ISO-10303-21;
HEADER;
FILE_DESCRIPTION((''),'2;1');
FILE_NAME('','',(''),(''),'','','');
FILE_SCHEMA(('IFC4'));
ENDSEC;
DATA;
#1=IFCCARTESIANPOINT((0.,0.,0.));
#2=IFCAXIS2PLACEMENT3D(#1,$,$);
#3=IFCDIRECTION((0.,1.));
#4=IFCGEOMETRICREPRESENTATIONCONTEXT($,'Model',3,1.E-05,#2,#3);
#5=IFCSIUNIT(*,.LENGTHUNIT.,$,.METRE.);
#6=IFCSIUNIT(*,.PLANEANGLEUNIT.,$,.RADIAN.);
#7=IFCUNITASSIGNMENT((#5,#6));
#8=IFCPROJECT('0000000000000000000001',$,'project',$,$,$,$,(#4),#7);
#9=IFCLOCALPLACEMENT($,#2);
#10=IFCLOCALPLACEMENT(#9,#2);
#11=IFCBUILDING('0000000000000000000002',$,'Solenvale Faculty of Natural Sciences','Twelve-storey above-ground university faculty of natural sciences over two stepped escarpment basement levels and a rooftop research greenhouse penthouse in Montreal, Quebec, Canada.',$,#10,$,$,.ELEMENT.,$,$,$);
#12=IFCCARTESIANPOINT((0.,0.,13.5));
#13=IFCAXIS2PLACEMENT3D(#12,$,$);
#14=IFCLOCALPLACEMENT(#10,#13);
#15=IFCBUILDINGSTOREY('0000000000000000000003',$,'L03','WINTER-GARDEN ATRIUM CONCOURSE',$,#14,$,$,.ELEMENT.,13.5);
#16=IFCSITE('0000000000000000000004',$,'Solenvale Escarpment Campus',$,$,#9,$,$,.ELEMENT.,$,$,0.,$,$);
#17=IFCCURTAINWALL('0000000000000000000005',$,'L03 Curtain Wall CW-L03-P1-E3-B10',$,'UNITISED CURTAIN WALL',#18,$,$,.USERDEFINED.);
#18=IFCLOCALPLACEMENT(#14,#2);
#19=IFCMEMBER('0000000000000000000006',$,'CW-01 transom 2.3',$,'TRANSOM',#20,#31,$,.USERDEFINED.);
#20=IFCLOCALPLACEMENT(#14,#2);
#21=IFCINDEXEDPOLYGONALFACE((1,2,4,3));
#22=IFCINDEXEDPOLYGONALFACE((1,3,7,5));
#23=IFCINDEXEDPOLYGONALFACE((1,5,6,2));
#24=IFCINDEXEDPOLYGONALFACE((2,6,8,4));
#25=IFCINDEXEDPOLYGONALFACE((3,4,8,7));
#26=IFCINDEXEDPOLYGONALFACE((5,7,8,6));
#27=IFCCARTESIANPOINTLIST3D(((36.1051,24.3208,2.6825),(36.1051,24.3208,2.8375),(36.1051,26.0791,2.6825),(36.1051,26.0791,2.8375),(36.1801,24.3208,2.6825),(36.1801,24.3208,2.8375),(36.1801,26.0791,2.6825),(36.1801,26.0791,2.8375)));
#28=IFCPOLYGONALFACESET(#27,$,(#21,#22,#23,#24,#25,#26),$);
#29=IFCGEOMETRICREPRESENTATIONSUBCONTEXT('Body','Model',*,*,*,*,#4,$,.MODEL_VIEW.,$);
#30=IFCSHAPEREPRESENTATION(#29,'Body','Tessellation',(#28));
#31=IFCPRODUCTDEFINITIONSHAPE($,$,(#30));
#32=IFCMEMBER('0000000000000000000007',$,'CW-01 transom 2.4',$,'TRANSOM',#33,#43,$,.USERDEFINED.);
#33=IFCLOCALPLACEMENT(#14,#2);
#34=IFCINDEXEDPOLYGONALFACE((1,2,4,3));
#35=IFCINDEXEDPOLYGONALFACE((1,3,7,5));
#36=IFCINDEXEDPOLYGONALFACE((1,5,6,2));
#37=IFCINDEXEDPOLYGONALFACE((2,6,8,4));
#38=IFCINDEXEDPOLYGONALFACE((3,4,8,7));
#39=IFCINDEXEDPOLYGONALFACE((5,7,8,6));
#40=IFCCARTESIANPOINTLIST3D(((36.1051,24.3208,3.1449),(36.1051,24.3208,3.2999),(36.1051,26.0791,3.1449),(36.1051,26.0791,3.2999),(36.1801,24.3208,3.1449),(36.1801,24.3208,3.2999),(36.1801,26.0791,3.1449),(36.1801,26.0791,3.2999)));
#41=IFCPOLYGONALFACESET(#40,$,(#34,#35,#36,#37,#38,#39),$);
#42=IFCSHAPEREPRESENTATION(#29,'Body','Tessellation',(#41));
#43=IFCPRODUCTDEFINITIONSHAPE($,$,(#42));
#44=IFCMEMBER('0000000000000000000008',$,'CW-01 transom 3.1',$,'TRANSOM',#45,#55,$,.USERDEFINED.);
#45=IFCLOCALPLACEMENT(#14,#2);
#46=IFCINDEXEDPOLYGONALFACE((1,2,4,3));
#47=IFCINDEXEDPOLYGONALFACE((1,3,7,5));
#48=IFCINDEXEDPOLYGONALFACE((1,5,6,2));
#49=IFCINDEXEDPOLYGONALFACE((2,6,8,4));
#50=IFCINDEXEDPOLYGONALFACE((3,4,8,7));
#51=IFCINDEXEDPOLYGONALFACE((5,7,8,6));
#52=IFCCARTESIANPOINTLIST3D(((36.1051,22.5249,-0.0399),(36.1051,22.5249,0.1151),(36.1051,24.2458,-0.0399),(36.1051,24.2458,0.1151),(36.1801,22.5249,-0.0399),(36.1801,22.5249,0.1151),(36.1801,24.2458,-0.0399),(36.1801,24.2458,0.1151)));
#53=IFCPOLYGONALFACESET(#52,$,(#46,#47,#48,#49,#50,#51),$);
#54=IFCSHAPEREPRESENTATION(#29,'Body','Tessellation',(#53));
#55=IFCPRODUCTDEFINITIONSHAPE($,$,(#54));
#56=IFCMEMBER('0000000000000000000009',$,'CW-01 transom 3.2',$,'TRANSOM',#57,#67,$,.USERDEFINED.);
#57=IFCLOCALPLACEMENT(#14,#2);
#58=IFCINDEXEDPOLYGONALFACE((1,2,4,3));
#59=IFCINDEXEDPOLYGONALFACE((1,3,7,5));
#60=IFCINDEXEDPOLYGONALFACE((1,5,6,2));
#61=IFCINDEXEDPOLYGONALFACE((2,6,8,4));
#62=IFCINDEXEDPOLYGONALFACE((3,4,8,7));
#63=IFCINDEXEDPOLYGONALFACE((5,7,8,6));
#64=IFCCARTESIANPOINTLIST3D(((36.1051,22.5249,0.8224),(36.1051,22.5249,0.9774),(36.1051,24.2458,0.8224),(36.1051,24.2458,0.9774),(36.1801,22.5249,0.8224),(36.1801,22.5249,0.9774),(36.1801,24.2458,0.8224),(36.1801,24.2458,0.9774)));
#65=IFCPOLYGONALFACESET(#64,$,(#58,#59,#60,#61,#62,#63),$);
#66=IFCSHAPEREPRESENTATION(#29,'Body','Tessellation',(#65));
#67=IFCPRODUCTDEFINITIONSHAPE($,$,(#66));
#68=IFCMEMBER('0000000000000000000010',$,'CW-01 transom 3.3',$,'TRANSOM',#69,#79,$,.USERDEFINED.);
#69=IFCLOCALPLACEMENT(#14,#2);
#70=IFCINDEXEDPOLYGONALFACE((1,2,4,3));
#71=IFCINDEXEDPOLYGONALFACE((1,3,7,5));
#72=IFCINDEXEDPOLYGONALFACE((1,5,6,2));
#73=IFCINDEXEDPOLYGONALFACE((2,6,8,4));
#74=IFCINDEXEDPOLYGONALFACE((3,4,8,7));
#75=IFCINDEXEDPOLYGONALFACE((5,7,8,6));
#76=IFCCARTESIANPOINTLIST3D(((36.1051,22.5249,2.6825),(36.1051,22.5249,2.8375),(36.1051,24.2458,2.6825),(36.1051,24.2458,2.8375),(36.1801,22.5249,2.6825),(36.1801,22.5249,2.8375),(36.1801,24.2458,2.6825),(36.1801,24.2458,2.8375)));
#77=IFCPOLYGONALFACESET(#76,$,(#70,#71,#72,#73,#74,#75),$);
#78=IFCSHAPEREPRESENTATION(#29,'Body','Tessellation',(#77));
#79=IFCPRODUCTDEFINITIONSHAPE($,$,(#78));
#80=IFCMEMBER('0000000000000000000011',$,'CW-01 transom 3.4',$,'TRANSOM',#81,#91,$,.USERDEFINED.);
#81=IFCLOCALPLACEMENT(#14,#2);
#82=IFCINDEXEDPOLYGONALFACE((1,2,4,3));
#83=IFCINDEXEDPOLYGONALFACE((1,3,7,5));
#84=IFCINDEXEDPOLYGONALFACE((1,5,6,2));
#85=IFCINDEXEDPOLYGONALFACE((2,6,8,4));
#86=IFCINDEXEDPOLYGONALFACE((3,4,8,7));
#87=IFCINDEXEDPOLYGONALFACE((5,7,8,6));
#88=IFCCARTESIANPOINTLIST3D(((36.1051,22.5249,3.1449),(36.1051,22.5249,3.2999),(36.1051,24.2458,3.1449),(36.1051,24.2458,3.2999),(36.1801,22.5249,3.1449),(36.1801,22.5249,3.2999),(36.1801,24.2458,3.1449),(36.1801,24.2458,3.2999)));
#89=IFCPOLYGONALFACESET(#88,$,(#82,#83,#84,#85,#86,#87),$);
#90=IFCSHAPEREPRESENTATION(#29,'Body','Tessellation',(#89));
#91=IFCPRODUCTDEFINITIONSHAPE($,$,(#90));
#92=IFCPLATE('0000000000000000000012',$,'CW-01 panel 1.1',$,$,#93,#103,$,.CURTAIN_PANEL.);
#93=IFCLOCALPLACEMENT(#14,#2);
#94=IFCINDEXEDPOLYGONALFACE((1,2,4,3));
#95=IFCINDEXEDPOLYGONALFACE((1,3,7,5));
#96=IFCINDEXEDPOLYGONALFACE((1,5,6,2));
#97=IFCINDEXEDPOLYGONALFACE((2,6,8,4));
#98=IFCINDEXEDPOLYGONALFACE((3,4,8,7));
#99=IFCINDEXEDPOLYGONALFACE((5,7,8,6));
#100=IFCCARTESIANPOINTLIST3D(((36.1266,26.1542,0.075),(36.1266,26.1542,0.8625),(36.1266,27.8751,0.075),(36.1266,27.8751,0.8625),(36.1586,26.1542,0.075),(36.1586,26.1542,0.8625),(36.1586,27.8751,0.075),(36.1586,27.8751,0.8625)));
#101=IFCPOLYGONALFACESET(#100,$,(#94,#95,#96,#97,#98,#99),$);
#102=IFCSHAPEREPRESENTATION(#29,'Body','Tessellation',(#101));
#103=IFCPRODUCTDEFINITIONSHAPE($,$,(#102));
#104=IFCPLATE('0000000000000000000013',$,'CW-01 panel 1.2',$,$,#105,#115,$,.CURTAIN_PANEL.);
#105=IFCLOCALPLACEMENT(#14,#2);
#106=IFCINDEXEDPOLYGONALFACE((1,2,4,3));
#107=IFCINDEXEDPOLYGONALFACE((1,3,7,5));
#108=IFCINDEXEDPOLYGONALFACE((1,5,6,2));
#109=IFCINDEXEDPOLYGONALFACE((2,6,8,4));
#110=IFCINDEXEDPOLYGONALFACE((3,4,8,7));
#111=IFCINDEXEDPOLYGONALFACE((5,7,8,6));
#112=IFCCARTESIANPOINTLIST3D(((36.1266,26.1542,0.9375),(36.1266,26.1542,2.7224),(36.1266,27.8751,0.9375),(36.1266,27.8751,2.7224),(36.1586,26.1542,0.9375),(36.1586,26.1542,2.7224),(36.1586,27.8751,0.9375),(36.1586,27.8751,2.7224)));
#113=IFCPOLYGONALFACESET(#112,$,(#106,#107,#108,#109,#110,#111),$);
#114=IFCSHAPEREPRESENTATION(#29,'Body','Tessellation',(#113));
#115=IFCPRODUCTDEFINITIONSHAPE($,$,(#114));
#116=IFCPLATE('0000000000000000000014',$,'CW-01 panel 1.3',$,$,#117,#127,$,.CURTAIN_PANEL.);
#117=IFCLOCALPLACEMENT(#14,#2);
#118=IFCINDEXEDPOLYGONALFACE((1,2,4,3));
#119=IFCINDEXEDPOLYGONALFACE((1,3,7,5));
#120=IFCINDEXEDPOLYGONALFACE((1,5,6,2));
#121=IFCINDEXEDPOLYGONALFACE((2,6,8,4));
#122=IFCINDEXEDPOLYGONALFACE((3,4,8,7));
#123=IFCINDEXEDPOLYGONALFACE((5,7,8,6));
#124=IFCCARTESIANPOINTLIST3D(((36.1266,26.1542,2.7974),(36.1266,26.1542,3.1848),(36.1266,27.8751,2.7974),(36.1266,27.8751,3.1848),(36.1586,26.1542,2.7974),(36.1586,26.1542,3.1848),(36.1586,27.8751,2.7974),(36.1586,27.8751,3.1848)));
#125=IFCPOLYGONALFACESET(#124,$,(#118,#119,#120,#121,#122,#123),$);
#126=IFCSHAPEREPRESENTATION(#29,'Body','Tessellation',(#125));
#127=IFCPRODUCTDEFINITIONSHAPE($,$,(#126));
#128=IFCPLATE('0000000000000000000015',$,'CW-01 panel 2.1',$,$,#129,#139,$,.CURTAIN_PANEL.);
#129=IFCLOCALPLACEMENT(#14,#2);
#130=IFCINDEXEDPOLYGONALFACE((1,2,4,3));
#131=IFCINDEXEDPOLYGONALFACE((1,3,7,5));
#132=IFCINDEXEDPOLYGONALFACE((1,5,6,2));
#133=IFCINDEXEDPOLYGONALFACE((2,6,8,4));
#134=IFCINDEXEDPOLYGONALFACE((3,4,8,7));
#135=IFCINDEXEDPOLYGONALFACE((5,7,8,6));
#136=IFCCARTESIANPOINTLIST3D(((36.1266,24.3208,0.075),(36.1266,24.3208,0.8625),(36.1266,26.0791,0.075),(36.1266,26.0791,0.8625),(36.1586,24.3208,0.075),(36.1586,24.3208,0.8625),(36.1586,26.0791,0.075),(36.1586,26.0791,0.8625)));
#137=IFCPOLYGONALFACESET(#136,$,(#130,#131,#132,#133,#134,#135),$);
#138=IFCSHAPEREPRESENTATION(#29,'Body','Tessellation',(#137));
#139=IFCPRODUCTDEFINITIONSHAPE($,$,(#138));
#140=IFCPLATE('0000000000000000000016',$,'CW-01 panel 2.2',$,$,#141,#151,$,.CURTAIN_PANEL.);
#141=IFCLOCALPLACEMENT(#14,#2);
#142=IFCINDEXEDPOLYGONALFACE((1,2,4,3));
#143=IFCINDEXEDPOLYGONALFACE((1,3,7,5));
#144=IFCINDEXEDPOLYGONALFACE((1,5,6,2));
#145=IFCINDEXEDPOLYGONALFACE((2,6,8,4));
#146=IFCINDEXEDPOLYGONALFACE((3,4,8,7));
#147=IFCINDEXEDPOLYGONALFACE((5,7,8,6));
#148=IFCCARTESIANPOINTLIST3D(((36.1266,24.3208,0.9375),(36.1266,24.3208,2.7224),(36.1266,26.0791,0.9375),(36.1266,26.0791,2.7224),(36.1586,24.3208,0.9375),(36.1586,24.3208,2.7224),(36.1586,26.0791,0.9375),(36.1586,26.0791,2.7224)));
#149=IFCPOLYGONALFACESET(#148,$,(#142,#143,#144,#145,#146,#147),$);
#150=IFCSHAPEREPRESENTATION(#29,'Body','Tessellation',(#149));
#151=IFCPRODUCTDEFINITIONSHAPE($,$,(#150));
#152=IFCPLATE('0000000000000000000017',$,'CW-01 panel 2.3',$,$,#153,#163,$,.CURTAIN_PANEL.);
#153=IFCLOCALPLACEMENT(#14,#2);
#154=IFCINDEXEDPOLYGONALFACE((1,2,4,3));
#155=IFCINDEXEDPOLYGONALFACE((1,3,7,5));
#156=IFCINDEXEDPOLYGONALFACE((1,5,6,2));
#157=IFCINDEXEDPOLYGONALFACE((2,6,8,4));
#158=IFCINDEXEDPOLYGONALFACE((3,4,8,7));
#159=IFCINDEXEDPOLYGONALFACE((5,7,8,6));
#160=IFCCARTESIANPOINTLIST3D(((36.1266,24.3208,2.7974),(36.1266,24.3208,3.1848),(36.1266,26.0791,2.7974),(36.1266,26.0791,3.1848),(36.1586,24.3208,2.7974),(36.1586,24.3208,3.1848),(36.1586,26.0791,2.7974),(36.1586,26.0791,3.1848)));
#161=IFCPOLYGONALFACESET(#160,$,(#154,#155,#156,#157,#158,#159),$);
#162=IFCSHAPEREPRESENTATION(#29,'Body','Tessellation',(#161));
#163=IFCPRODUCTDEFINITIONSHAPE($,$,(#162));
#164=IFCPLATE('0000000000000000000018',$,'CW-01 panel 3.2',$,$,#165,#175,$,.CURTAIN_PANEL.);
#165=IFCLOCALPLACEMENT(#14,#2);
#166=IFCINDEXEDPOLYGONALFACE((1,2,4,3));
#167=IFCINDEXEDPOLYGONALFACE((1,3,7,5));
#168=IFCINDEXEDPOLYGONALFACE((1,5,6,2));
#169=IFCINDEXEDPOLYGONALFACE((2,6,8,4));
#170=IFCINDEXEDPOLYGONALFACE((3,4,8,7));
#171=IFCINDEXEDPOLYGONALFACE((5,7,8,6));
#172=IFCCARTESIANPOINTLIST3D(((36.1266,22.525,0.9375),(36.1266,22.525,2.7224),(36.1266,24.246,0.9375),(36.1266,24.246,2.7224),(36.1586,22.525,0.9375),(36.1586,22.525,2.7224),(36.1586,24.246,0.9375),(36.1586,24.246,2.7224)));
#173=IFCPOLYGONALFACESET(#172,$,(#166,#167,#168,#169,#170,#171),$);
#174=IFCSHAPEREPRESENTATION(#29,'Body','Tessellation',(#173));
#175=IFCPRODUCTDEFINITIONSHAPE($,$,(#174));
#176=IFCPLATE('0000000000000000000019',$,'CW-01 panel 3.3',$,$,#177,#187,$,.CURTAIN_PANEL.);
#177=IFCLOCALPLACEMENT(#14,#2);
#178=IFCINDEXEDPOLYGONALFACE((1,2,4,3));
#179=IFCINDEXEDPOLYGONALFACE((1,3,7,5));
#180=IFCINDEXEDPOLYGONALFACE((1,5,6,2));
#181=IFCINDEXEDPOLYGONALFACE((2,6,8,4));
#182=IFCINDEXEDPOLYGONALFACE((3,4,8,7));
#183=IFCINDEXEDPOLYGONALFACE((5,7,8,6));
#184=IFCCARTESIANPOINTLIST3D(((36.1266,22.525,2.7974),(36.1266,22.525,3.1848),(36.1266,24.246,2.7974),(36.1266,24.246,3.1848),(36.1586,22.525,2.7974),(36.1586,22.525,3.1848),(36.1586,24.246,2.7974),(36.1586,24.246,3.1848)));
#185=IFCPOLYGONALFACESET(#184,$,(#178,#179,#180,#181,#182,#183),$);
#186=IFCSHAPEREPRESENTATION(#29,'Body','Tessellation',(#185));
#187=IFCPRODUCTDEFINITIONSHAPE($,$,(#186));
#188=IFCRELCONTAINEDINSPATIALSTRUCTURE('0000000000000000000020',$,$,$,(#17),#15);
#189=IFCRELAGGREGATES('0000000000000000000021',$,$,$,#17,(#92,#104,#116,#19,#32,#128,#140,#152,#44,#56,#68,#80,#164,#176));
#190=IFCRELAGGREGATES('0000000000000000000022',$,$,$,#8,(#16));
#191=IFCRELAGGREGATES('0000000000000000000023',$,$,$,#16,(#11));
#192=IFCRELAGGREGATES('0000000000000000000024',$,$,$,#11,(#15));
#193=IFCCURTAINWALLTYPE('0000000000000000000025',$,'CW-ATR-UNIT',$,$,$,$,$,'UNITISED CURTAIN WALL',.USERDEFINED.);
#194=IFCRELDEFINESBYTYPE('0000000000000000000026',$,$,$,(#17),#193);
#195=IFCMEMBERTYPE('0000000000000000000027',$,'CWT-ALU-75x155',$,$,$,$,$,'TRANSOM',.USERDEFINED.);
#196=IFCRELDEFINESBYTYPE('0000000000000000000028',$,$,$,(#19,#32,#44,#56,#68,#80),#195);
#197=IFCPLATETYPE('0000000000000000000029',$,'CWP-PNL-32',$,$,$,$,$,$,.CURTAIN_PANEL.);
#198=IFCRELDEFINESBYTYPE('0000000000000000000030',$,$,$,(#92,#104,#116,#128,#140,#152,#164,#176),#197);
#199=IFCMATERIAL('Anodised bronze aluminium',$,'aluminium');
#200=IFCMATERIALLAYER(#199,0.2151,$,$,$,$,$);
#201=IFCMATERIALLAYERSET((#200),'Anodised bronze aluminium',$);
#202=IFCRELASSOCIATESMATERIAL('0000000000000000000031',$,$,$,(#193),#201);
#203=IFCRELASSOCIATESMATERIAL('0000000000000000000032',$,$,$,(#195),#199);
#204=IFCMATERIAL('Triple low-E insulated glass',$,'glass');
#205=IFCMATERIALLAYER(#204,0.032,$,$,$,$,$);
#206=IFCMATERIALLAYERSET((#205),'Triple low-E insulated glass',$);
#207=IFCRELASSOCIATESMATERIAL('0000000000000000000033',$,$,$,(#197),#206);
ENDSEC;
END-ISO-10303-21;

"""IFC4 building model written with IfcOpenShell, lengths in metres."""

from ifc_helpers import new_model, si_unit, direction, frame, origin, origin_2d, place, context, subcontext, project, spatial, rectangle, extrude, material, layer, layer_set, material_profile, profile_set, type_object, element, aggregate, save


model = new_model("IFC4")

# Units and contexts
model_context = context("Model", 3, precision=1e-05, world=origin(), true_north=direction((0.0, 1.0)))
body_context = subcontext(model_context, "Body", "Model", "MODEL_VIEW")
ifc_project = project(units=[si_unit("LENGTHUNIT", "METRE"), si_unit("PLANEANGLEUNIT", "RADIAN")], contexts=[model_context])

# Site, building, storey
site_placement = place(None, origin())
site = spatial("IfcSite", under=ifc_project, at=site_placement, Name="Solenvale Escarpment Campus", CompositionType="ELEMENT", RefElevation=0.0)
building_placement = place(site_placement, origin())
building = spatial("IfcBuilding", under=site, at=building_placement, Name="Solenvale Faculty of Natural Sciences", Description="Twelve-storey above-ground university faculty of natural sciences over two stepped escarpment basement levels and a rooftop research greenhouse penthouse in Montreal, Quebec, Canada.", CompositionType="ELEMENT")
storey_placement = place(building_placement, frame((0.0, 0.0, 13.5)))
storey = spatial("IfcBuildingStorey", under=building, at=storey_placement, Name="L03", Description="WINTER-GARDEN ATRIUM CONCOURSE", CompositionType="ELEMENT", Elevation=13.5)

# Curtain wall, members, plates
ifc_material_1 = material(Name="Anodised bronze aluminium", Category="aluminium")
ifc_layer_1 = layer(ifc_material_1, 0.2151)
ifc_layer_set_1 = layer_set([ifc_layer_1], Name="Anodised bronze aluminium")
curtain_wall_type = type_object("IfcCurtainWallType", Name="CW-ATR-UNIT", ElementType="UNITISED CURTAIN WALL", PredefinedType="USERDEFINED", material=ifc_layer_set_1)
curtain_wall_placement = place(storey_placement, origin())
curtain_wall = element("IfcCurtainWall", 1, at=curtain_wall_placement, inside=storey, type_object=curtain_wall_type, Name="L03 Curtain Wall CW-L03-P1-E3-B10", ObjectType="UNITISED CURTAIN WALL", PredefinedType="USERDEFINED")
ifc_material_profile_1 = material_profile(ifc_material_1, rectangle(XDim=0.075, YDim=0.155, at=origin_2d()), Name="ALU-TRN-75x155")
ifc_profile_set_1 = profile_set([ifc_material_profile_1], Name="Anodised bronze aluminium")
member_type_1 = type_object("IfcMemberType", Name="CWT-ALU-75x155", ElementType="TRANSOM", PredefinedType="USERDEFINED", material=ifc_profile_set_1)
member_1_placement = place(storey_placement, frame((36.1426, 26.0791, 2.76), z_axis=(0.0, -1.0, 0.0), x_axis=(1.0, 0.0, 0.0)))
member_1 = element("IfcMember", 2, at=member_1_placement, type_object=member_type_1, Name="CW-01 transom 2.3", ObjectType="TRANSOM", PredefinedType="USERDEFINED", context=body_context, shape_type="SweptSolid", body=[
    extrude(rectangle(XDim=0.075, YDim=0.155, at=origin_2d()), origin(), (0.0, 0.0, 1.0), 1.7583),
])
member_2_placement = place(storey_placement, frame((36.1426, 26.0791, 3.2224), z_axis=(0.0, -1.0, 0.0), x_axis=(1.0, 0.0, 0.0)))
member_2 = element("IfcMember", 3, at=member_2_placement, type_object=member_type_1, Name="CW-01 transom 2.4", ObjectType="TRANSOM", PredefinedType="USERDEFINED", context=body_context, shape_type="SweptSolid", body=[
    extrude(rectangle(XDim=0.075, YDim=0.155, at=origin_2d()), origin(), (0.0, 0.0, 1.0), 1.7583),
])
member_3_placement = place(storey_placement, frame((36.1426, 24.2458, 0.0376), z_axis=(0.0, -1.0, 0.0), x_axis=(1.0, 0.0, 0.0)))
member_3 = element("IfcMember", 4, at=member_3_placement, type_object=member_type_1, Name="CW-01 transom 3.1", ObjectType="TRANSOM", PredefinedType="USERDEFINED", context=body_context, shape_type="SweptSolid", body=[
    extrude(rectangle(XDim=0.075, YDim=0.155, at=origin_2d()), origin(), (0.0, 0.0, 1.0), 1.7209),
])
member_4_placement = place(storey_placement, frame((36.1426, 24.2458, 0.8999), z_axis=(0.0, -1.0, 0.0), x_axis=(1.0, 0.0, 0.0)))
member_4 = element("IfcMember", 5, at=member_4_placement, type_object=member_type_1, Name="CW-01 transom 3.2", ObjectType="TRANSOM", PredefinedType="USERDEFINED", context=body_context, shape_type="SweptSolid", body=[
    extrude(rectangle(XDim=0.075, YDim=0.155, at=origin_2d()), origin(), (0.0, 0.0, 1.0), 1.7209),
])
member_5_placement = place(storey_placement, frame((36.1426, 24.2458, 2.76), z_axis=(0.0, -1.0, 0.0), x_axis=(1.0, 0.0, 0.0)))
member_5 = element("IfcMember", 6, at=member_5_placement, type_object=member_type_1, Name="CW-01 transom 3.3", ObjectType="TRANSOM", PredefinedType="USERDEFINED", context=body_context, shape_type="SweptSolid", body=[
    extrude(rectangle(XDim=0.075, YDim=0.155, at=origin_2d()), origin(), (0.0, 0.0, 1.0), 1.7209),
])
member_6_placement = place(storey_placement, frame((36.1426, 24.2458, 3.2224), z_axis=(0.0, -1.0, 0.0), x_axis=(1.0, 0.0, 0.0)))
member_6 = element("IfcMember", 7, at=member_6_placement, type_object=member_type_1, Name="CW-01 transom 3.4", ObjectType="TRANSOM", PredefinedType="USERDEFINED", context=body_context, shape_type="SweptSolid", body=[
    extrude(rectangle(XDim=0.075, YDim=0.155, at=origin_2d()), origin(), (0.0, 0.0, 1.0), 1.7209),
])
ifc_material_2 = material(Name="Triple low-E insulated glass", Category="glass")
ifc_layer_2 = layer(ifc_material_2, 0.032)
ifc_layer_set_2 = layer_set([ifc_layer_2], Name="Triple low-E insulated glass")
plate_type = type_object("IfcPlateType", Name="CWP-PNL-32", PredefinedType="CURTAIN_PANEL", material=ifc_layer_set_2)
plate_1_placement = place(storey_placement, frame((36.1426, 27.0146, 0.075), z_axis=(0.0, 0.0, 1.0), x_axis=(0.0, -1.0, 0.0)))
plate_1 = element("IfcPlate", 8, at=plate_1_placement, type_object=plate_type, Name="CW-01 panel 1.1", PredefinedType="CURTAIN_PANEL", context=body_context, shape_type="SweptSolid", body=[
    extrude(rectangle(XDim=1.7209, YDim=0.032, at=origin_2d()), origin(), (0.0, 0.0, 1.0), 0.7876),
])
plate_2_placement = place(storey_placement, frame((36.1426, 27.0146, 0.9375), z_axis=(0.0, 0.0, 1.0), x_axis=(0.0, -1.0, 0.0)))
plate_2 = element("IfcPlate", 9, at=plate_2_placement, type_object=plate_type, Name="CW-01 panel 1.2", PredefinedType="CURTAIN_PANEL", context=body_context, shape_type="SweptSolid", body=[
    extrude(rectangle(XDim=1.7209, YDim=0.032, at=origin_2d()), origin(), (0.0, 0.0, 1.0), 1.7849),
])
plate_3_placement = place(storey_placement, frame((36.1426, 27.0146, 2.7974), z_axis=(0.0, 0.0, 1.0), x_axis=(0.0, -1.0, 0.0)))
plate_3 = element("IfcPlate", 10, at=plate_3_placement, type_object=plate_type, Name="CW-01 panel 1.3", PredefinedType="CURTAIN_PANEL", context=body_context, shape_type="SweptSolid", body=[
    extrude(rectangle(XDim=1.7209, YDim=0.032, at=origin_2d()), origin(), (0.0, 0.0, 1.0), 0.3875),
])
plate_4_placement = place(storey_placement, frame((36.1426, 25.2, 0.075), z_axis=(0.0, 0.0, 1.0), x_axis=(0.0, -1.0, 0.0)))
plate_4 = element("IfcPlate", 11, at=plate_4_placement, type_object=plate_type, Name="CW-01 panel 2.1", PredefinedType="CURTAIN_PANEL", context=body_context, shape_type="SweptSolid", body=[
    extrude(rectangle(XDim=1.7583, YDim=0.032, at=origin_2d()), origin(), (0.0, 0.0, 1.0), 0.7876),
])
plate_5_placement = place(storey_placement, frame((36.1426, 25.2, 0.9375), z_axis=(0.0, 0.0, 1.0), x_axis=(0.0, -1.0, 0.0)))
plate_5 = element("IfcPlate", 12, at=plate_5_placement, type_object=plate_type, Name="CW-01 panel 2.2", PredefinedType="CURTAIN_PANEL", context=body_context, shape_type="SweptSolid", body=[
    extrude(rectangle(XDim=1.7583, YDim=0.032, at=origin_2d()), origin(), (0.0, 0.0, 1.0), 1.7849),
])
plate_6_placement = place(storey_placement, frame((36.1426, 25.2, 2.7974), z_axis=(0.0, 0.0, 1.0), x_axis=(0.0, -1.0, 0.0)))
plate_6 = element("IfcPlate", 13, at=plate_6_placement, type_object=plate_type, Name="CW-01 panel 2.3", PredefinedType="CURTAIN_PANEL", context=body_context, shape_type="SweptSolid", body=[
    extrude(rectangle(XDim=1.7583, YDim=0.032, at=origin_2d()), origin(), (0.0, 0.0, 1.0), 0.3875),
])
plate_7_placement = place(storey_placement, frame((36.1426, 23.3855, 0.9375), z_axis=(0.0, 0.0, 1.0), x_axis=(0.0, -1.0, 0.0)))
plate_7 = element("IfcPlate", 14, at=plate_7_placement, type_object=plate_type, Name="CW-01 panel 3.2", PredefinedType="CURTAIN_PANEL", context=body_context, shape_type="SweptSolid", body=[
    extrude(rectangle(XDim=1.7209, YDim=0.032, at=origin_2d()), origin(), (0.0, 0.0, 1.0), 1.7849),
])
plate_8_placement = place(storey_placement, frame((36.1426, 23.3855, 2.7974), z_axis=(0.0, 0.0, 1.0), x_axis=(0.0, -1.0, 0.0)))
plate_8 = element("IfcPlate", 15, at=plate_8_placement, type_object=plate_type, Name="CW-01 panel 3.3", PredefinedType="CURTAIN_PANEL", context=body_context, shape_type="SweptSolid", body=[
    extrude(rectangle(XDim=1.7209, YDim=0.032, at=origin_2d()), origin(), (0.0, 0.0, 1.0), 0.3875),
])
aggregate(curtain_wall, [plate_1, plate_2, plate_3, member_1, member_2, plate_4, plate_5, plate_6, member_3, member_4, member_5, member_6, plate_7, plate_8])

save(model, "model.ifc")
